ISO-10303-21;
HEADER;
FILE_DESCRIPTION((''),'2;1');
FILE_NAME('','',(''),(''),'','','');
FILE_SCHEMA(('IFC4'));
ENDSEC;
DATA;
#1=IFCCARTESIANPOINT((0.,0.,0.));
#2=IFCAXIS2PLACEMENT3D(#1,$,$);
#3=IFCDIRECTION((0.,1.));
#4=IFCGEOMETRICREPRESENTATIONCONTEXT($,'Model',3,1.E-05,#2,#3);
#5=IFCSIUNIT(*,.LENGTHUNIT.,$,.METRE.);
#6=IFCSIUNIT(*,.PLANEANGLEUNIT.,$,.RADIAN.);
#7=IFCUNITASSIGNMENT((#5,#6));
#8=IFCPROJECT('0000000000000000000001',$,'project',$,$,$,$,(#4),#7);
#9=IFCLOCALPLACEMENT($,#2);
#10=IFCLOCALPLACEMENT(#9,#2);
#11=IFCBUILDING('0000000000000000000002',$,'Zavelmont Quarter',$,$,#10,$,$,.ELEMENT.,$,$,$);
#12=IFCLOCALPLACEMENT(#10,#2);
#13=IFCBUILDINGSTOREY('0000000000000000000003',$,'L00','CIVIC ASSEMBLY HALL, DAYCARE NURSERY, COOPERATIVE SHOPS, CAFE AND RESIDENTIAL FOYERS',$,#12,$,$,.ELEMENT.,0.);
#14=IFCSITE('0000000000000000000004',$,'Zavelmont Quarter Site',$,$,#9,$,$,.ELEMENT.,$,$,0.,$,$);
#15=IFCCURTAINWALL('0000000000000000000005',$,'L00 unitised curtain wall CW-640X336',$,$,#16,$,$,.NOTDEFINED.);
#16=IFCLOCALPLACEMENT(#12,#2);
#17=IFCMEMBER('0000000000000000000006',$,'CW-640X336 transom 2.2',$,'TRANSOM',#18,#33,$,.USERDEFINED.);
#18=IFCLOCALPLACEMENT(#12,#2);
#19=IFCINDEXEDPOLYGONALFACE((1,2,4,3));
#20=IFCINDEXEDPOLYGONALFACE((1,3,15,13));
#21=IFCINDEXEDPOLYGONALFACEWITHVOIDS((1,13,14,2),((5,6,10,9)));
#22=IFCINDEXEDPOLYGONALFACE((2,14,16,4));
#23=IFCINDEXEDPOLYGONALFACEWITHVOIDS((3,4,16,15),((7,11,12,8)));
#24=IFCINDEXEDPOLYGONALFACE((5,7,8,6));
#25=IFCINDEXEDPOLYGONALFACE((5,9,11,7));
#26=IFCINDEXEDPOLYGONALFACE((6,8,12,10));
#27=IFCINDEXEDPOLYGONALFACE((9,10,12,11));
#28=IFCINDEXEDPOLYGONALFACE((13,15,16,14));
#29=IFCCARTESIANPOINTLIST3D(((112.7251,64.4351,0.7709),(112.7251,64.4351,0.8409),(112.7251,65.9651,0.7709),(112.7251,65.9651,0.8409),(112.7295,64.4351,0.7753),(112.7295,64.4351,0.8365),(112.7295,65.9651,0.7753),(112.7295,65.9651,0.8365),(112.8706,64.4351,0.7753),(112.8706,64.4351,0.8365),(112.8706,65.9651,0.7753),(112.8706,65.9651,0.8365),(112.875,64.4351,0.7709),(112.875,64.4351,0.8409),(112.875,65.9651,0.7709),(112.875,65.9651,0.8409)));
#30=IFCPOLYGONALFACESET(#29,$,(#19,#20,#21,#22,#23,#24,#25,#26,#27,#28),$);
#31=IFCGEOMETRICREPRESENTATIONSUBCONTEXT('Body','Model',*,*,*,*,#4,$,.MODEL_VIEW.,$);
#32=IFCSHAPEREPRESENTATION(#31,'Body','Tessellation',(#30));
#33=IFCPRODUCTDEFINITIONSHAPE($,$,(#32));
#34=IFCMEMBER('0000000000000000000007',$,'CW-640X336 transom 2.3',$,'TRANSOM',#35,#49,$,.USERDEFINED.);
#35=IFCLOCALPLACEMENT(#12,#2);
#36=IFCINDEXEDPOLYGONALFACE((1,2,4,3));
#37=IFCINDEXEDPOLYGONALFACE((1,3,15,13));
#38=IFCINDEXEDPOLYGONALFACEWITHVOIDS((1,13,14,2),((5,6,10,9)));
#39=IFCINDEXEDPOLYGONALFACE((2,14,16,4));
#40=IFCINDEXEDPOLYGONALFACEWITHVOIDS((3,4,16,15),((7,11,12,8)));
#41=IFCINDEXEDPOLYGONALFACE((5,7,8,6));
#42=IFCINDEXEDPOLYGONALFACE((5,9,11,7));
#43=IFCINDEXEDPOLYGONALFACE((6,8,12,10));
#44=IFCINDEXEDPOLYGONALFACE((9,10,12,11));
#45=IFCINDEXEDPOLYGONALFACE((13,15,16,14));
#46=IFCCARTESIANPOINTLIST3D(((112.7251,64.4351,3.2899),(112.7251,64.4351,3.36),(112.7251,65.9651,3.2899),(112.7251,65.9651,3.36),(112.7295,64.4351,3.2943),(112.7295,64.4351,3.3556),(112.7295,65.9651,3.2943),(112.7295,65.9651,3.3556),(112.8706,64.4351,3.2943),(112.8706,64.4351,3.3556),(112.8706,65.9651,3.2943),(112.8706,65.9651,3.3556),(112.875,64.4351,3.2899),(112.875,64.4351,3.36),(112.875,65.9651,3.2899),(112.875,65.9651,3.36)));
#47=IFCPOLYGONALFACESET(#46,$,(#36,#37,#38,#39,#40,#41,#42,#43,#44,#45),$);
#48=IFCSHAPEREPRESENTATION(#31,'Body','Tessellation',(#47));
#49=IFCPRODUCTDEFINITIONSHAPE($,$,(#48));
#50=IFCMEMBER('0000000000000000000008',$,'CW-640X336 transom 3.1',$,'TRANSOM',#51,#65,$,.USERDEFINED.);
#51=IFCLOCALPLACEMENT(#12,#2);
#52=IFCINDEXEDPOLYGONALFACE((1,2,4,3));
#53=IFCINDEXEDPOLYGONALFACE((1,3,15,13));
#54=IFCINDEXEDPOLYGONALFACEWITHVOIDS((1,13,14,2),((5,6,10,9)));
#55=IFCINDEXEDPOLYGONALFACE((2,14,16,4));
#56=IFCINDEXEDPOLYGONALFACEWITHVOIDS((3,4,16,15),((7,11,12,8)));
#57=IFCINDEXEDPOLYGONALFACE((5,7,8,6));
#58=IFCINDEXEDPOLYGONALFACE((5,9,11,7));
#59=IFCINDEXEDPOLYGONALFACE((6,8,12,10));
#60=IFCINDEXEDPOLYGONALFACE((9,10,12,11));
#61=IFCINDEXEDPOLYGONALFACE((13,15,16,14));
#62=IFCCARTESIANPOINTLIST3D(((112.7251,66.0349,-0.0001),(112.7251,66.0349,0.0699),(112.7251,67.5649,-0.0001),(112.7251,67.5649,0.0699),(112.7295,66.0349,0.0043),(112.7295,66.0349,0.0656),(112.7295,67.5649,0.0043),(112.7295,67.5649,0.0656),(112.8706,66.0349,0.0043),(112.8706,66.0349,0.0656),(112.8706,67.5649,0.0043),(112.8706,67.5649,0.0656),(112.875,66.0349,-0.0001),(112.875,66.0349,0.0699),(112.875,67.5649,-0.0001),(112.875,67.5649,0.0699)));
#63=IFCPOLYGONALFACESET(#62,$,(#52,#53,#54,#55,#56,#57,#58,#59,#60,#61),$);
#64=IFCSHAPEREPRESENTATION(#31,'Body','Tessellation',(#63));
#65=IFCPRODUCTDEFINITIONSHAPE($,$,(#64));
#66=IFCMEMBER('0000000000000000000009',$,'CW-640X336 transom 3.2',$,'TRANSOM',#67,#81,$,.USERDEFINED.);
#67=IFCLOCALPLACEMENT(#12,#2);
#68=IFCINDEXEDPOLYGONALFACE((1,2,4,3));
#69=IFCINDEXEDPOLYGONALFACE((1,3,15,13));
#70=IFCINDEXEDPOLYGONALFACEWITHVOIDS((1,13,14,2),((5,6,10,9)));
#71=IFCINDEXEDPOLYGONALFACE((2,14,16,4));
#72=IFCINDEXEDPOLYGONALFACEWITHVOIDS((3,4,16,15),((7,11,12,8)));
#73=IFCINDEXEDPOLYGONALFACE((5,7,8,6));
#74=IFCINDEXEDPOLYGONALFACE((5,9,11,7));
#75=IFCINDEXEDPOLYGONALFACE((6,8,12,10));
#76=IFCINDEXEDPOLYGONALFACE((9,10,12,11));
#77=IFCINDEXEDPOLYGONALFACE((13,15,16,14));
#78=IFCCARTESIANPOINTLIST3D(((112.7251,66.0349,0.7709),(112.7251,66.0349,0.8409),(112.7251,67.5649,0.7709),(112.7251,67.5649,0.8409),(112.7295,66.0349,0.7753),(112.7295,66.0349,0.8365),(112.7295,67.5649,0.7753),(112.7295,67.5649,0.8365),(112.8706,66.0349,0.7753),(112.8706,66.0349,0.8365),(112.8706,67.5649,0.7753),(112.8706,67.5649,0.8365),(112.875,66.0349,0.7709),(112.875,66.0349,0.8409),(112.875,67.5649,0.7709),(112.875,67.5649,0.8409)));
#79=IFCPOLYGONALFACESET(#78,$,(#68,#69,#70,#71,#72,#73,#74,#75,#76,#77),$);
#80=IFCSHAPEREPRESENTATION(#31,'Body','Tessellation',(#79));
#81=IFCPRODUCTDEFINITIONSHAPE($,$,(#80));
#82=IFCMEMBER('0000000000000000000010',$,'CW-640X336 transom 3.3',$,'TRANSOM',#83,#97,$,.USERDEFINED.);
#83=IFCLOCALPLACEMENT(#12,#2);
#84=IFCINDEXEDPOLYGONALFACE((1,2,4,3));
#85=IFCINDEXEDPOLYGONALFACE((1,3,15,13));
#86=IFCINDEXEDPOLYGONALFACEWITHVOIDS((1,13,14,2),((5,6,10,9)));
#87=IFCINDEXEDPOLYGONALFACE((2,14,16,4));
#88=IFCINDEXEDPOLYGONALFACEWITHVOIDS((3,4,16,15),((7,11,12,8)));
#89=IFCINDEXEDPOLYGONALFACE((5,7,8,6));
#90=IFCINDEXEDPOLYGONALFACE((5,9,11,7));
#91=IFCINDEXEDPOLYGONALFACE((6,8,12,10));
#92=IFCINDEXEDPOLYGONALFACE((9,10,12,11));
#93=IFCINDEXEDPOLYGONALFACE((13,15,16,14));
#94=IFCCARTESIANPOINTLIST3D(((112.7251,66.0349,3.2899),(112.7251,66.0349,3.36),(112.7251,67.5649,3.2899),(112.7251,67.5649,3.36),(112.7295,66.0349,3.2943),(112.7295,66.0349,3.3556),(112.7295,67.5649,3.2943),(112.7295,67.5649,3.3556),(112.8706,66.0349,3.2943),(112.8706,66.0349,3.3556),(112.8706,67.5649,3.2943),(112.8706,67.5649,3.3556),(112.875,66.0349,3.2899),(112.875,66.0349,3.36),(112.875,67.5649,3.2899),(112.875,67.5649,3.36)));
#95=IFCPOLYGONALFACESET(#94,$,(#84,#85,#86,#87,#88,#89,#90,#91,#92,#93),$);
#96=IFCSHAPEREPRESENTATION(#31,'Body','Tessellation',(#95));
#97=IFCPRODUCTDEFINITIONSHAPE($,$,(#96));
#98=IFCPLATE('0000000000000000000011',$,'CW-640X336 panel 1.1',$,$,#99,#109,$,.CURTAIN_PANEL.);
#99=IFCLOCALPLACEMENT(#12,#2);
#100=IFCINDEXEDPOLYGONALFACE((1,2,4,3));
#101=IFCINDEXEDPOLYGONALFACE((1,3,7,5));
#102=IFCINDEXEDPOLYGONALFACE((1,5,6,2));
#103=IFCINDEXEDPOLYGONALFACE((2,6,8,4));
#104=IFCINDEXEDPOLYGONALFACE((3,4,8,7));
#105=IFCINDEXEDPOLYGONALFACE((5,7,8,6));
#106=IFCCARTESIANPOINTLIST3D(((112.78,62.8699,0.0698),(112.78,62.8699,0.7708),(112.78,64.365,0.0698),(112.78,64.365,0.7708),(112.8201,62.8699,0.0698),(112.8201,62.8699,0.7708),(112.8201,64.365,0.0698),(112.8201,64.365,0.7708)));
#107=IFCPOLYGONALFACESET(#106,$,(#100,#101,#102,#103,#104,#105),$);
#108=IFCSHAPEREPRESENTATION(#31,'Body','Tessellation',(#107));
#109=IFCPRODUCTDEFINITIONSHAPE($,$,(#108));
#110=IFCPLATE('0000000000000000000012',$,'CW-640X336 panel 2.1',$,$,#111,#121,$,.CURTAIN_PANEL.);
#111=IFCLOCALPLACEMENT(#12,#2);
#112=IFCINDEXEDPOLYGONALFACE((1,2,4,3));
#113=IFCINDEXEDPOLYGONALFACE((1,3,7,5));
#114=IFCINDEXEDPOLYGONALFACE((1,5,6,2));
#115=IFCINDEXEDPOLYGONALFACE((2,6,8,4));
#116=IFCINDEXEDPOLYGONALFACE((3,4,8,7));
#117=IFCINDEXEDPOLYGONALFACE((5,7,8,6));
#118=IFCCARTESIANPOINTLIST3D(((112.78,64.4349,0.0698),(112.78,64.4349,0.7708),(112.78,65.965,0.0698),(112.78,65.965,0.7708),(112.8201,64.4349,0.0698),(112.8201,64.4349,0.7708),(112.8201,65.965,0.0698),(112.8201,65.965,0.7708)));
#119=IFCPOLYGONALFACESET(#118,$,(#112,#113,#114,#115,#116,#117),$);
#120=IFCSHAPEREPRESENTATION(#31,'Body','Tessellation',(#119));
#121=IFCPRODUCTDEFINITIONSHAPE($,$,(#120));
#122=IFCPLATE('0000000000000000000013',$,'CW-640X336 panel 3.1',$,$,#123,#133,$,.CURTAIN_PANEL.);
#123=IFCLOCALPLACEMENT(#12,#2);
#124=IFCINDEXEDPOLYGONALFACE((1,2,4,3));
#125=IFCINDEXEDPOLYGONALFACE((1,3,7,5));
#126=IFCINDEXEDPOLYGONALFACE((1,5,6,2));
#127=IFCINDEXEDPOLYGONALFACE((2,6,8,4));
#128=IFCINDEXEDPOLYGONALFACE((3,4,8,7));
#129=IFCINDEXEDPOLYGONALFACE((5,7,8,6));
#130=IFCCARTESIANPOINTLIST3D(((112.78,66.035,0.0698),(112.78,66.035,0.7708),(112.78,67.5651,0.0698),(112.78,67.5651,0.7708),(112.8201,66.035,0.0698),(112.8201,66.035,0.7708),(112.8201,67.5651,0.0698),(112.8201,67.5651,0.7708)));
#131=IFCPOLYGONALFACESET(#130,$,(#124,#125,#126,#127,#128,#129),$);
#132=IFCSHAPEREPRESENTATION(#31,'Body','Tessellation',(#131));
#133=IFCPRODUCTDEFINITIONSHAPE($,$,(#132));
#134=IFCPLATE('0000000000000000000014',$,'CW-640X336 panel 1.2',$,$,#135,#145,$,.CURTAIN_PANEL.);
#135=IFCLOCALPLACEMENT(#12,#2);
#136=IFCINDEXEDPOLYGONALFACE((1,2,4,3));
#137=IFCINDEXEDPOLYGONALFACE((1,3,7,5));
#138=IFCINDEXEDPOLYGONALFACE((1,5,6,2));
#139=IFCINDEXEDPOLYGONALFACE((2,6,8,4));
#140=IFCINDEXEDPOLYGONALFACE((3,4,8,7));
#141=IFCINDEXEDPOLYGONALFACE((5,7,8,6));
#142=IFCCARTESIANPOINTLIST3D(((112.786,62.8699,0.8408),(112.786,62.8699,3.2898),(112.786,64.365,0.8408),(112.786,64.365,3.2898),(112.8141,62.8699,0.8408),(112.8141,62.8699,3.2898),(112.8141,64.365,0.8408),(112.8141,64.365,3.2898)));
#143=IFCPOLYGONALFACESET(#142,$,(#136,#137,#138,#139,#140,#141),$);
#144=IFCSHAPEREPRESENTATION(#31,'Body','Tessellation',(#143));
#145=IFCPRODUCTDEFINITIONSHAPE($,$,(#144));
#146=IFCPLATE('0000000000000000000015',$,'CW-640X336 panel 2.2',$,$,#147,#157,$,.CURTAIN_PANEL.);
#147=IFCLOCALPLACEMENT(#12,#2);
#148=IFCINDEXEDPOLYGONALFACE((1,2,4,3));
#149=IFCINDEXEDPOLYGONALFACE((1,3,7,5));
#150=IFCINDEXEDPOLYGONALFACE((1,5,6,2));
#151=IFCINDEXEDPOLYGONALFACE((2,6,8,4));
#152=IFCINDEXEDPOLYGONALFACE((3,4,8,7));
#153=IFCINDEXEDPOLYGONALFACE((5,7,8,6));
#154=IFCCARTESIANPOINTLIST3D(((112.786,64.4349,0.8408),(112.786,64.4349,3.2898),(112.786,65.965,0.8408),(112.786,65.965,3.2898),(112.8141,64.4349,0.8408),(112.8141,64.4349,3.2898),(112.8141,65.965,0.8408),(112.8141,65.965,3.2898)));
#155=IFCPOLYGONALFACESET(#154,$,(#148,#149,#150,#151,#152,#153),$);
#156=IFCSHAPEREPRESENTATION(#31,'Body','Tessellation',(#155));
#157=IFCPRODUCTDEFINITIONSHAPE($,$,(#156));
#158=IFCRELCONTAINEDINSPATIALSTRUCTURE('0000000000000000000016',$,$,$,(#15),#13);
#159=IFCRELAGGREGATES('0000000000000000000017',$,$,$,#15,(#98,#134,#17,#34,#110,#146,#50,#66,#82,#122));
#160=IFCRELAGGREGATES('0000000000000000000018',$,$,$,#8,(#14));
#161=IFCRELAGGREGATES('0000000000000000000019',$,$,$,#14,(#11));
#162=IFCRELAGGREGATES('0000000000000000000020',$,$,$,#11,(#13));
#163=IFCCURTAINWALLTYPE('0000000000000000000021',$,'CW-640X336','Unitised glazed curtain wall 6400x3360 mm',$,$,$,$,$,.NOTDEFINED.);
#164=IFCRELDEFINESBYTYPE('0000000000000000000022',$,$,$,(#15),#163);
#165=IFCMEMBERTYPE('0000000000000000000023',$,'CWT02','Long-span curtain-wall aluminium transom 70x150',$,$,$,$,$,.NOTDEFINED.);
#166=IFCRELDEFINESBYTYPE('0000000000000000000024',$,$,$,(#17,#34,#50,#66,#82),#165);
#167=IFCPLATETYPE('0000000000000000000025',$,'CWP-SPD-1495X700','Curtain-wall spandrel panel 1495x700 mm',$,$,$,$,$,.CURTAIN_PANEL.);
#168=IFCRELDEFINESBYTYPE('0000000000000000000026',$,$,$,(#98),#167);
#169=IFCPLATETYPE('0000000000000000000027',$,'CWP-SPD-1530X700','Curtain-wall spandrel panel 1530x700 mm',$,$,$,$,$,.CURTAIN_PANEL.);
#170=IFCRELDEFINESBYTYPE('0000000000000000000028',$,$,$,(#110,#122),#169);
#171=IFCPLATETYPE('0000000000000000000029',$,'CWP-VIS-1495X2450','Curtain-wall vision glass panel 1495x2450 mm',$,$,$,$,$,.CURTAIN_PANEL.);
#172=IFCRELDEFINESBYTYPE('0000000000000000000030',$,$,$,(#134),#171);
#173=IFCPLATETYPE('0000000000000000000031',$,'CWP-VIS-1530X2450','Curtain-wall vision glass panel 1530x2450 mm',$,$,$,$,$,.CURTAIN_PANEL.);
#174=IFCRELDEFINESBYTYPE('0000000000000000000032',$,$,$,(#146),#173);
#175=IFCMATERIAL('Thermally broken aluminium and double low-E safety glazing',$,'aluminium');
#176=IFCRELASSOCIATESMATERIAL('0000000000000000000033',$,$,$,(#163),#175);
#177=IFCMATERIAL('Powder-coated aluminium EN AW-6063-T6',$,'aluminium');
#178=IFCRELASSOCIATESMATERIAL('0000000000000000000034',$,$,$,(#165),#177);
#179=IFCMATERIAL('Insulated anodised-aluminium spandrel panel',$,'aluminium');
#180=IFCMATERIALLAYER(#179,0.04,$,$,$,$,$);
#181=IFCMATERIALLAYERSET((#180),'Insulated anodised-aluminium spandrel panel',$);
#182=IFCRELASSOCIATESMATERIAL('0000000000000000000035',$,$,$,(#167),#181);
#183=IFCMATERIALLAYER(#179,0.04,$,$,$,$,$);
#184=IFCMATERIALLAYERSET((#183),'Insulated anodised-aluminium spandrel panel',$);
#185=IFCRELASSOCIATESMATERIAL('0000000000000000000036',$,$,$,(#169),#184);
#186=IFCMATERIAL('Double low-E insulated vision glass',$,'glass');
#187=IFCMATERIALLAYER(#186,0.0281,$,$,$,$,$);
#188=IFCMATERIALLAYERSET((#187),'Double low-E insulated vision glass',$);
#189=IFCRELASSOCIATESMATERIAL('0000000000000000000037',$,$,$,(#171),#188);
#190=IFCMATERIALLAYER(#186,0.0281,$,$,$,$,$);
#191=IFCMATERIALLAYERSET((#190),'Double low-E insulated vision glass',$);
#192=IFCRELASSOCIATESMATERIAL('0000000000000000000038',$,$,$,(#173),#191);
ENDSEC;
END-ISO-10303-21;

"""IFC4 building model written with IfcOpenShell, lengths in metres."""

from ifc_helpers import new_model, si_unit, direction, frame, origin, origin_2d, place, context, subcontext, project, spatial, rectangle, hollow_rectangle, extrude, material, layer, layer_set, material_profile, profile_set, type_object, element, aggregate, save


model = new_model("IFC4")

# Units and contexts
model_context = context("Model", 3, precision=1e-05, world=origin(), true_north=direction((0.0, 1.0)))
body_context = subcontext(model_context, "Body", "Model", "MODEL_VIEW")
ifc_project = project(units=[si_unit("LENGTHUNIT", "METRE"), si_unit("PLANEANGLEUNIT", "RADIAN")], contexts=[model_context])

# Site, building, storey
site_placement = place(None, origin())
site = spatial("IfcSite", under=ifc_project, at=site_placement, Name="Zavelmont Quarter Site", CompositionType="ELEMENT", RefElevation=0.0)
building_placement = place(site_placement, origin())
building = spatial("IfcBuilding", under=site, at=building_placement, Name="Zavelmont Quarter", CompositionType="ELEMENT")
storey_placement = place(building_placement, origin())
storey = spatial("IfcBuildingStorey", under=building, at=storey_placement, Name="L00", Description="CIVIC ASSEMBLY HALL, DAYCARE NURSERY, COOPERATIVE SHOPS, CAFE AND RESIDENTIAL FOYERS", CompositionType="ELEMENT", Elevation=0.0)

# Curtain wall, members, plates
ifc_material_1 = material(Name="Thermally broken aluminium and double low-E safety glazing", Category="aluminium")
curtain_wall_type = type_object("IfcCurtainWallType", Name="CW-640X336", Description="Unitised glazed curtain wall 6400x3360 mm", PredefinedType="NOTDEFINED", material=ifc_material_1)
curtain_wall_placement = place(storey_placement, origin())
curtain_wall = element("IfcCurtainWall", 1, at=curtain_wall_placement, inside=storey, type_object=curtain_wall_type, Name="L00 unitised curtain wall CW-640X336", PredefinedType="NOTDEFINED")
ifc_material_2 = material(Name="Powder-coated aluminium EN AW-6063-T6", Category="aluminium")
ifc_material_profile_1 = material_profile(ifc_material_2, hollow_rectangle(XDim=0.1499, YDim=0.0701, WallThickness=0.0044, at=origin_2d()), Name="CWT70X150")
ifc_profile_set_1 = profile_set([ifc_material_profile_1], Name="Powder-coated aluminium EN AW-6063-T6")
member_type_1 = type_object("IfcMemberType", Name="CWT02", Description="Long-span curtain-wall aluminium transom 70x150", PredefinedType="NOTDEFINED", material=ifc_profile_set_1)
member_1_placement = place(storey_placement, frame((112.8, 64.4351, 0.8059), z_axis=(0.0, 1.0, 0.0), x_axis=(-1.0, 0.0, 0.0)))
member_1 = element("IfcMember", 2, at=member_1_placement, type_object=member_type_1, Name="CW-640X336 transom 2.2", ObjectType="TRANSOM", PredefinedType="USERDEFINED", context=body_context, shape_type="SweptSolid", body=[
    extrude(hollow_rectangle(XDim=0.1499, YDim=0.0701, WallThickness=0.0044, at=origin_2d()), origin(), (0.0, 0.0, 1.0), 1.53),
])
member_2_placement = place(storey_placement, frame((112.8, 64.4351, 3.325), z_axis=(0.0, 1.0, 0.0), x_axis=(-1.0, 0.0, 0.0)))
member_2 = element("IfcMember", 3, at=member_2_placement, type_object=member_type_1, Name="CW-640X336 transom 2.3", ObjectType="TRANSOM", PredefinedType="USERDEFINED", context=body_context, shape_type="SweptSolid", body=[
    extrude(hollow_rectangle(XDim=0.1499, YDim=0.0701, WallThickness=0.0044, at=origin_2d()), origin(), (0.0, 0.0, 1.0), 1.53),
])
member_3_placement = place(storey_placement, frame((112.8, 66.0349, 0.0349), z_axis=(0.0, 1.0, 0.0), x_axis=(-1.0, 0.0, 0.0)))
member_3 = element("IfcMember", 4, at=member_3_placement, type_object=member_type_1, Name="CW-640X336 transom 3.1", ObjectType="TRANSOM", PredefinedType="USERDEFINED", context=body_context, shape_type="SweptSolid", body=[
    extrude(hollow_rectangle(XDim=0.1499, YDim=0.0701, WallThickness=0.0044, at=origin_2d()), origin(), (0.0, 0.0, 1.0), 1.53),
])
member_4_placement = place(storey_placement, frame((112.8, 66.0349, 0.8059), z_axis=(0.0, 1.0, 0.0), x_axis=(-1.0, 0.0, 0.0)))
member_4 = element("IfcMember", 5, at=member_4_placement, type_object=member_type_1, Name="CW-640X336 transom 3.2", ObjectType="TRANSOM", PredefinedType="USERDEFINED", context=body_context, shape_type="SweptSolid", body=[
    extrude(hollow_rectangle(XDim=0.1499, YDim=0.0701, WallThickness=0.0044, at=origin_2d()), origin(), (0.0, 0.0, 1.0), 1.53),
])
member_5_placement = place(storey_placement, frame((112.8, 66.0349, 3.325), z_axis=(0.0, 1.0, 0.0), x_axis=(-1.0, 0.0, 0.0)))
member_5 = element("IfcMember", 6, at=member_5_placement, type_object=member_type_1, Name="CW-640X336 transom 3.3", ObjectType="TRANSOM", PredefinedType="USERDEFINED", context=body_context, shape_type="SweptSolid", body=[
    extrude(hollow_rectangle(XDim=0.1499, YDim=0.0701, WallThickness=0.0044, at=origin_2d()), origin(), (0.0, 0.0, 1.0), 1.53),
])
ifc_material_3 = material(Name="Insulated anodised-aluminium spandrel panel", Category="aluminium")
ifc_layer_1 = layer(ifc_material_3, 0.04)
ifc_layer_set_1 = layer_set([ifc_layer_1], Name="Insulated anodised-aluminium spandrel panel")
plate_type_1 = type_object("IfcPlateType", Name="CWP-SPD-1495X700", Description="Curtain-wall spandrel panel 1495x700 mm", PredefinedType="CURTAIN_PANEL", material=ifc_layer_set_1)
plate_1_placement = place(storey_placement, frame((112.8, 63.6174, 0.0698), z_axis=(0.0, 0.0, 1.0), x_axis=(0.0, 1.0, 0.0)))
plate_1 = element("IfcPlate", 7, at=plate_1_placement, type_object=plate_type_1, Name="CW-640X336 panel 1.1", PredefinedType="CURTAIN_PANEL", context=body_context, shape_type="SweptSolid", body=[
    extrude(rectangle(XDim=1.4951, YDim=0.04, at=origin_2d()), origin(), (0.0, 0.0, 1.0), 0.7009),
])
ifc_layer_2 = layer(ifc_material_3, 0.04)
ifc_layer_set_2 = layer_set([ifc_layer_2], Name="Insulated anodised-aluminium spandrel panel")
plate_type_2 = type_object("IfcPlateType", Name="CWP-SPD-1530X700", Description="Curtain-wall spandrel panel 1530x700 mm", PredefinedType="CURTAIN_PANEL", material=ifc_layer_set_2)
plate_2_placement = place(storey_placement, frame((112.8, 65.2, 0.0698), z_axis=(0.0, 0.0, 1.0), x_axis=(0.0, 1.0, 0.0)))
plate_2 = element("IfcPlate", 8, at=plate_2_placement, type_object=plate_type_2, Name="CW-640X336 panel 2.1", PredefinedType="CURTAIN_PANEL", context=body_context, shape_type="SweptSolid", body=[
    extrude(rectangle(XDim=1.53, YDim=0.04, at=origin_2d()), origin(), (0.0, 0.0, 1.0), 0.7009),
])
plate_3_placement = place(storey_placement, frame((112.8, 66.8, 0.0698), z_axis=(0.0, 0.0, 1.0), x_axis=(0.0, 1.0, 0.0)))
plate_3 = element("IfcPlate", 9, at=plate_3_placement, type_object=plate_type_2, Name="CW-640X336 panel 3.1", PredefinedType="CURTAIN_PANEL", context=body_context, shape_type="SweptSolid", body=[
    extrude(rectangle(XDim=1.53, YDim=0.04, at=origin_2d()), origin(), (0.0, 0.0, 1.0), 0.7009),
])
ifc_material_4 = material(Name="Double low-E insulated vision glass", Category="glass")
ifc_layer_3 = layer(ifc_material_4, 0.0281)
ifc_layer_set_3 = layer_set([ifc_layer_3], Name="Double low-E insulated vision glass")
plate_type_3 = type_object("IfcPlateType", Name="CWP-VIS-1495X2450", Description="Curtain-wall vision glass panel 1495x2450 mm", PredefinedType="CURTAIN_PANEL", material=ifc_layer_set_3)
plate_4_placement = place(storey_placement, frame((112.8, 63.6174, 0.8408), z_axis=(0.0, 0.0, 1.0), x_axis=(0.0, 1.0, 0.0)))
plate_4 = element("IfcPlate", 10, at=plate_4_placement, type_object=plate_type_3, Name="CW-640X336 panel 1.2", PredefinedType="CURTAIN_PANEL", context=body_context, shape_type="SweptSolid", body=[
    extrude(rectangle(XDim=1.4951, YDim=0.0281, at=origin_2d()), origin(), (0.0, 0.0, 1.0), 2.449),
])
ifc_layer_4 = layer(ifc_material_4, 0.0281)
ifc_layer_set_4 = layer_set([ifc_layer_4], Name="Double low-E insulated vision glass")
plate_type_4 = type_object("IfcPlateType", Name="CWP-VIS-1530X2450", Description="Curtain-wall vision glass panel 1530x2450 mm", PredefinedType="CURTAIN_PANEL", material=ifc_layer_set_4)
plate_5_placement = place(storey_placement, frame((112.8, 65.2, 0.8408), z_axis=(0.0, 0.0, 1.0), x_axis=(0.0, 1.0, 0.0)))
plate_5 = element("IfcPlate", 11, at=plate_5_placement, type_object=plate_type_4, Name="CW-640X336 panel 2.2", PredefinedType="CURTAIN_PANEL", context=body_context, shape_type="SweptSolid", body=[
    extrude(rectangle(XDim=1.53, YDim=0.0281, at=origin_2d()), origin(), (0.0, 0.0, 1.0), 2.449),
])
aggregate(curtain_wall, [plate_1, plate_4, member_1, member_2, plate_2, plate_5, member_3, member_4, member_5, plate_3])

save(model, "model.ifc")
